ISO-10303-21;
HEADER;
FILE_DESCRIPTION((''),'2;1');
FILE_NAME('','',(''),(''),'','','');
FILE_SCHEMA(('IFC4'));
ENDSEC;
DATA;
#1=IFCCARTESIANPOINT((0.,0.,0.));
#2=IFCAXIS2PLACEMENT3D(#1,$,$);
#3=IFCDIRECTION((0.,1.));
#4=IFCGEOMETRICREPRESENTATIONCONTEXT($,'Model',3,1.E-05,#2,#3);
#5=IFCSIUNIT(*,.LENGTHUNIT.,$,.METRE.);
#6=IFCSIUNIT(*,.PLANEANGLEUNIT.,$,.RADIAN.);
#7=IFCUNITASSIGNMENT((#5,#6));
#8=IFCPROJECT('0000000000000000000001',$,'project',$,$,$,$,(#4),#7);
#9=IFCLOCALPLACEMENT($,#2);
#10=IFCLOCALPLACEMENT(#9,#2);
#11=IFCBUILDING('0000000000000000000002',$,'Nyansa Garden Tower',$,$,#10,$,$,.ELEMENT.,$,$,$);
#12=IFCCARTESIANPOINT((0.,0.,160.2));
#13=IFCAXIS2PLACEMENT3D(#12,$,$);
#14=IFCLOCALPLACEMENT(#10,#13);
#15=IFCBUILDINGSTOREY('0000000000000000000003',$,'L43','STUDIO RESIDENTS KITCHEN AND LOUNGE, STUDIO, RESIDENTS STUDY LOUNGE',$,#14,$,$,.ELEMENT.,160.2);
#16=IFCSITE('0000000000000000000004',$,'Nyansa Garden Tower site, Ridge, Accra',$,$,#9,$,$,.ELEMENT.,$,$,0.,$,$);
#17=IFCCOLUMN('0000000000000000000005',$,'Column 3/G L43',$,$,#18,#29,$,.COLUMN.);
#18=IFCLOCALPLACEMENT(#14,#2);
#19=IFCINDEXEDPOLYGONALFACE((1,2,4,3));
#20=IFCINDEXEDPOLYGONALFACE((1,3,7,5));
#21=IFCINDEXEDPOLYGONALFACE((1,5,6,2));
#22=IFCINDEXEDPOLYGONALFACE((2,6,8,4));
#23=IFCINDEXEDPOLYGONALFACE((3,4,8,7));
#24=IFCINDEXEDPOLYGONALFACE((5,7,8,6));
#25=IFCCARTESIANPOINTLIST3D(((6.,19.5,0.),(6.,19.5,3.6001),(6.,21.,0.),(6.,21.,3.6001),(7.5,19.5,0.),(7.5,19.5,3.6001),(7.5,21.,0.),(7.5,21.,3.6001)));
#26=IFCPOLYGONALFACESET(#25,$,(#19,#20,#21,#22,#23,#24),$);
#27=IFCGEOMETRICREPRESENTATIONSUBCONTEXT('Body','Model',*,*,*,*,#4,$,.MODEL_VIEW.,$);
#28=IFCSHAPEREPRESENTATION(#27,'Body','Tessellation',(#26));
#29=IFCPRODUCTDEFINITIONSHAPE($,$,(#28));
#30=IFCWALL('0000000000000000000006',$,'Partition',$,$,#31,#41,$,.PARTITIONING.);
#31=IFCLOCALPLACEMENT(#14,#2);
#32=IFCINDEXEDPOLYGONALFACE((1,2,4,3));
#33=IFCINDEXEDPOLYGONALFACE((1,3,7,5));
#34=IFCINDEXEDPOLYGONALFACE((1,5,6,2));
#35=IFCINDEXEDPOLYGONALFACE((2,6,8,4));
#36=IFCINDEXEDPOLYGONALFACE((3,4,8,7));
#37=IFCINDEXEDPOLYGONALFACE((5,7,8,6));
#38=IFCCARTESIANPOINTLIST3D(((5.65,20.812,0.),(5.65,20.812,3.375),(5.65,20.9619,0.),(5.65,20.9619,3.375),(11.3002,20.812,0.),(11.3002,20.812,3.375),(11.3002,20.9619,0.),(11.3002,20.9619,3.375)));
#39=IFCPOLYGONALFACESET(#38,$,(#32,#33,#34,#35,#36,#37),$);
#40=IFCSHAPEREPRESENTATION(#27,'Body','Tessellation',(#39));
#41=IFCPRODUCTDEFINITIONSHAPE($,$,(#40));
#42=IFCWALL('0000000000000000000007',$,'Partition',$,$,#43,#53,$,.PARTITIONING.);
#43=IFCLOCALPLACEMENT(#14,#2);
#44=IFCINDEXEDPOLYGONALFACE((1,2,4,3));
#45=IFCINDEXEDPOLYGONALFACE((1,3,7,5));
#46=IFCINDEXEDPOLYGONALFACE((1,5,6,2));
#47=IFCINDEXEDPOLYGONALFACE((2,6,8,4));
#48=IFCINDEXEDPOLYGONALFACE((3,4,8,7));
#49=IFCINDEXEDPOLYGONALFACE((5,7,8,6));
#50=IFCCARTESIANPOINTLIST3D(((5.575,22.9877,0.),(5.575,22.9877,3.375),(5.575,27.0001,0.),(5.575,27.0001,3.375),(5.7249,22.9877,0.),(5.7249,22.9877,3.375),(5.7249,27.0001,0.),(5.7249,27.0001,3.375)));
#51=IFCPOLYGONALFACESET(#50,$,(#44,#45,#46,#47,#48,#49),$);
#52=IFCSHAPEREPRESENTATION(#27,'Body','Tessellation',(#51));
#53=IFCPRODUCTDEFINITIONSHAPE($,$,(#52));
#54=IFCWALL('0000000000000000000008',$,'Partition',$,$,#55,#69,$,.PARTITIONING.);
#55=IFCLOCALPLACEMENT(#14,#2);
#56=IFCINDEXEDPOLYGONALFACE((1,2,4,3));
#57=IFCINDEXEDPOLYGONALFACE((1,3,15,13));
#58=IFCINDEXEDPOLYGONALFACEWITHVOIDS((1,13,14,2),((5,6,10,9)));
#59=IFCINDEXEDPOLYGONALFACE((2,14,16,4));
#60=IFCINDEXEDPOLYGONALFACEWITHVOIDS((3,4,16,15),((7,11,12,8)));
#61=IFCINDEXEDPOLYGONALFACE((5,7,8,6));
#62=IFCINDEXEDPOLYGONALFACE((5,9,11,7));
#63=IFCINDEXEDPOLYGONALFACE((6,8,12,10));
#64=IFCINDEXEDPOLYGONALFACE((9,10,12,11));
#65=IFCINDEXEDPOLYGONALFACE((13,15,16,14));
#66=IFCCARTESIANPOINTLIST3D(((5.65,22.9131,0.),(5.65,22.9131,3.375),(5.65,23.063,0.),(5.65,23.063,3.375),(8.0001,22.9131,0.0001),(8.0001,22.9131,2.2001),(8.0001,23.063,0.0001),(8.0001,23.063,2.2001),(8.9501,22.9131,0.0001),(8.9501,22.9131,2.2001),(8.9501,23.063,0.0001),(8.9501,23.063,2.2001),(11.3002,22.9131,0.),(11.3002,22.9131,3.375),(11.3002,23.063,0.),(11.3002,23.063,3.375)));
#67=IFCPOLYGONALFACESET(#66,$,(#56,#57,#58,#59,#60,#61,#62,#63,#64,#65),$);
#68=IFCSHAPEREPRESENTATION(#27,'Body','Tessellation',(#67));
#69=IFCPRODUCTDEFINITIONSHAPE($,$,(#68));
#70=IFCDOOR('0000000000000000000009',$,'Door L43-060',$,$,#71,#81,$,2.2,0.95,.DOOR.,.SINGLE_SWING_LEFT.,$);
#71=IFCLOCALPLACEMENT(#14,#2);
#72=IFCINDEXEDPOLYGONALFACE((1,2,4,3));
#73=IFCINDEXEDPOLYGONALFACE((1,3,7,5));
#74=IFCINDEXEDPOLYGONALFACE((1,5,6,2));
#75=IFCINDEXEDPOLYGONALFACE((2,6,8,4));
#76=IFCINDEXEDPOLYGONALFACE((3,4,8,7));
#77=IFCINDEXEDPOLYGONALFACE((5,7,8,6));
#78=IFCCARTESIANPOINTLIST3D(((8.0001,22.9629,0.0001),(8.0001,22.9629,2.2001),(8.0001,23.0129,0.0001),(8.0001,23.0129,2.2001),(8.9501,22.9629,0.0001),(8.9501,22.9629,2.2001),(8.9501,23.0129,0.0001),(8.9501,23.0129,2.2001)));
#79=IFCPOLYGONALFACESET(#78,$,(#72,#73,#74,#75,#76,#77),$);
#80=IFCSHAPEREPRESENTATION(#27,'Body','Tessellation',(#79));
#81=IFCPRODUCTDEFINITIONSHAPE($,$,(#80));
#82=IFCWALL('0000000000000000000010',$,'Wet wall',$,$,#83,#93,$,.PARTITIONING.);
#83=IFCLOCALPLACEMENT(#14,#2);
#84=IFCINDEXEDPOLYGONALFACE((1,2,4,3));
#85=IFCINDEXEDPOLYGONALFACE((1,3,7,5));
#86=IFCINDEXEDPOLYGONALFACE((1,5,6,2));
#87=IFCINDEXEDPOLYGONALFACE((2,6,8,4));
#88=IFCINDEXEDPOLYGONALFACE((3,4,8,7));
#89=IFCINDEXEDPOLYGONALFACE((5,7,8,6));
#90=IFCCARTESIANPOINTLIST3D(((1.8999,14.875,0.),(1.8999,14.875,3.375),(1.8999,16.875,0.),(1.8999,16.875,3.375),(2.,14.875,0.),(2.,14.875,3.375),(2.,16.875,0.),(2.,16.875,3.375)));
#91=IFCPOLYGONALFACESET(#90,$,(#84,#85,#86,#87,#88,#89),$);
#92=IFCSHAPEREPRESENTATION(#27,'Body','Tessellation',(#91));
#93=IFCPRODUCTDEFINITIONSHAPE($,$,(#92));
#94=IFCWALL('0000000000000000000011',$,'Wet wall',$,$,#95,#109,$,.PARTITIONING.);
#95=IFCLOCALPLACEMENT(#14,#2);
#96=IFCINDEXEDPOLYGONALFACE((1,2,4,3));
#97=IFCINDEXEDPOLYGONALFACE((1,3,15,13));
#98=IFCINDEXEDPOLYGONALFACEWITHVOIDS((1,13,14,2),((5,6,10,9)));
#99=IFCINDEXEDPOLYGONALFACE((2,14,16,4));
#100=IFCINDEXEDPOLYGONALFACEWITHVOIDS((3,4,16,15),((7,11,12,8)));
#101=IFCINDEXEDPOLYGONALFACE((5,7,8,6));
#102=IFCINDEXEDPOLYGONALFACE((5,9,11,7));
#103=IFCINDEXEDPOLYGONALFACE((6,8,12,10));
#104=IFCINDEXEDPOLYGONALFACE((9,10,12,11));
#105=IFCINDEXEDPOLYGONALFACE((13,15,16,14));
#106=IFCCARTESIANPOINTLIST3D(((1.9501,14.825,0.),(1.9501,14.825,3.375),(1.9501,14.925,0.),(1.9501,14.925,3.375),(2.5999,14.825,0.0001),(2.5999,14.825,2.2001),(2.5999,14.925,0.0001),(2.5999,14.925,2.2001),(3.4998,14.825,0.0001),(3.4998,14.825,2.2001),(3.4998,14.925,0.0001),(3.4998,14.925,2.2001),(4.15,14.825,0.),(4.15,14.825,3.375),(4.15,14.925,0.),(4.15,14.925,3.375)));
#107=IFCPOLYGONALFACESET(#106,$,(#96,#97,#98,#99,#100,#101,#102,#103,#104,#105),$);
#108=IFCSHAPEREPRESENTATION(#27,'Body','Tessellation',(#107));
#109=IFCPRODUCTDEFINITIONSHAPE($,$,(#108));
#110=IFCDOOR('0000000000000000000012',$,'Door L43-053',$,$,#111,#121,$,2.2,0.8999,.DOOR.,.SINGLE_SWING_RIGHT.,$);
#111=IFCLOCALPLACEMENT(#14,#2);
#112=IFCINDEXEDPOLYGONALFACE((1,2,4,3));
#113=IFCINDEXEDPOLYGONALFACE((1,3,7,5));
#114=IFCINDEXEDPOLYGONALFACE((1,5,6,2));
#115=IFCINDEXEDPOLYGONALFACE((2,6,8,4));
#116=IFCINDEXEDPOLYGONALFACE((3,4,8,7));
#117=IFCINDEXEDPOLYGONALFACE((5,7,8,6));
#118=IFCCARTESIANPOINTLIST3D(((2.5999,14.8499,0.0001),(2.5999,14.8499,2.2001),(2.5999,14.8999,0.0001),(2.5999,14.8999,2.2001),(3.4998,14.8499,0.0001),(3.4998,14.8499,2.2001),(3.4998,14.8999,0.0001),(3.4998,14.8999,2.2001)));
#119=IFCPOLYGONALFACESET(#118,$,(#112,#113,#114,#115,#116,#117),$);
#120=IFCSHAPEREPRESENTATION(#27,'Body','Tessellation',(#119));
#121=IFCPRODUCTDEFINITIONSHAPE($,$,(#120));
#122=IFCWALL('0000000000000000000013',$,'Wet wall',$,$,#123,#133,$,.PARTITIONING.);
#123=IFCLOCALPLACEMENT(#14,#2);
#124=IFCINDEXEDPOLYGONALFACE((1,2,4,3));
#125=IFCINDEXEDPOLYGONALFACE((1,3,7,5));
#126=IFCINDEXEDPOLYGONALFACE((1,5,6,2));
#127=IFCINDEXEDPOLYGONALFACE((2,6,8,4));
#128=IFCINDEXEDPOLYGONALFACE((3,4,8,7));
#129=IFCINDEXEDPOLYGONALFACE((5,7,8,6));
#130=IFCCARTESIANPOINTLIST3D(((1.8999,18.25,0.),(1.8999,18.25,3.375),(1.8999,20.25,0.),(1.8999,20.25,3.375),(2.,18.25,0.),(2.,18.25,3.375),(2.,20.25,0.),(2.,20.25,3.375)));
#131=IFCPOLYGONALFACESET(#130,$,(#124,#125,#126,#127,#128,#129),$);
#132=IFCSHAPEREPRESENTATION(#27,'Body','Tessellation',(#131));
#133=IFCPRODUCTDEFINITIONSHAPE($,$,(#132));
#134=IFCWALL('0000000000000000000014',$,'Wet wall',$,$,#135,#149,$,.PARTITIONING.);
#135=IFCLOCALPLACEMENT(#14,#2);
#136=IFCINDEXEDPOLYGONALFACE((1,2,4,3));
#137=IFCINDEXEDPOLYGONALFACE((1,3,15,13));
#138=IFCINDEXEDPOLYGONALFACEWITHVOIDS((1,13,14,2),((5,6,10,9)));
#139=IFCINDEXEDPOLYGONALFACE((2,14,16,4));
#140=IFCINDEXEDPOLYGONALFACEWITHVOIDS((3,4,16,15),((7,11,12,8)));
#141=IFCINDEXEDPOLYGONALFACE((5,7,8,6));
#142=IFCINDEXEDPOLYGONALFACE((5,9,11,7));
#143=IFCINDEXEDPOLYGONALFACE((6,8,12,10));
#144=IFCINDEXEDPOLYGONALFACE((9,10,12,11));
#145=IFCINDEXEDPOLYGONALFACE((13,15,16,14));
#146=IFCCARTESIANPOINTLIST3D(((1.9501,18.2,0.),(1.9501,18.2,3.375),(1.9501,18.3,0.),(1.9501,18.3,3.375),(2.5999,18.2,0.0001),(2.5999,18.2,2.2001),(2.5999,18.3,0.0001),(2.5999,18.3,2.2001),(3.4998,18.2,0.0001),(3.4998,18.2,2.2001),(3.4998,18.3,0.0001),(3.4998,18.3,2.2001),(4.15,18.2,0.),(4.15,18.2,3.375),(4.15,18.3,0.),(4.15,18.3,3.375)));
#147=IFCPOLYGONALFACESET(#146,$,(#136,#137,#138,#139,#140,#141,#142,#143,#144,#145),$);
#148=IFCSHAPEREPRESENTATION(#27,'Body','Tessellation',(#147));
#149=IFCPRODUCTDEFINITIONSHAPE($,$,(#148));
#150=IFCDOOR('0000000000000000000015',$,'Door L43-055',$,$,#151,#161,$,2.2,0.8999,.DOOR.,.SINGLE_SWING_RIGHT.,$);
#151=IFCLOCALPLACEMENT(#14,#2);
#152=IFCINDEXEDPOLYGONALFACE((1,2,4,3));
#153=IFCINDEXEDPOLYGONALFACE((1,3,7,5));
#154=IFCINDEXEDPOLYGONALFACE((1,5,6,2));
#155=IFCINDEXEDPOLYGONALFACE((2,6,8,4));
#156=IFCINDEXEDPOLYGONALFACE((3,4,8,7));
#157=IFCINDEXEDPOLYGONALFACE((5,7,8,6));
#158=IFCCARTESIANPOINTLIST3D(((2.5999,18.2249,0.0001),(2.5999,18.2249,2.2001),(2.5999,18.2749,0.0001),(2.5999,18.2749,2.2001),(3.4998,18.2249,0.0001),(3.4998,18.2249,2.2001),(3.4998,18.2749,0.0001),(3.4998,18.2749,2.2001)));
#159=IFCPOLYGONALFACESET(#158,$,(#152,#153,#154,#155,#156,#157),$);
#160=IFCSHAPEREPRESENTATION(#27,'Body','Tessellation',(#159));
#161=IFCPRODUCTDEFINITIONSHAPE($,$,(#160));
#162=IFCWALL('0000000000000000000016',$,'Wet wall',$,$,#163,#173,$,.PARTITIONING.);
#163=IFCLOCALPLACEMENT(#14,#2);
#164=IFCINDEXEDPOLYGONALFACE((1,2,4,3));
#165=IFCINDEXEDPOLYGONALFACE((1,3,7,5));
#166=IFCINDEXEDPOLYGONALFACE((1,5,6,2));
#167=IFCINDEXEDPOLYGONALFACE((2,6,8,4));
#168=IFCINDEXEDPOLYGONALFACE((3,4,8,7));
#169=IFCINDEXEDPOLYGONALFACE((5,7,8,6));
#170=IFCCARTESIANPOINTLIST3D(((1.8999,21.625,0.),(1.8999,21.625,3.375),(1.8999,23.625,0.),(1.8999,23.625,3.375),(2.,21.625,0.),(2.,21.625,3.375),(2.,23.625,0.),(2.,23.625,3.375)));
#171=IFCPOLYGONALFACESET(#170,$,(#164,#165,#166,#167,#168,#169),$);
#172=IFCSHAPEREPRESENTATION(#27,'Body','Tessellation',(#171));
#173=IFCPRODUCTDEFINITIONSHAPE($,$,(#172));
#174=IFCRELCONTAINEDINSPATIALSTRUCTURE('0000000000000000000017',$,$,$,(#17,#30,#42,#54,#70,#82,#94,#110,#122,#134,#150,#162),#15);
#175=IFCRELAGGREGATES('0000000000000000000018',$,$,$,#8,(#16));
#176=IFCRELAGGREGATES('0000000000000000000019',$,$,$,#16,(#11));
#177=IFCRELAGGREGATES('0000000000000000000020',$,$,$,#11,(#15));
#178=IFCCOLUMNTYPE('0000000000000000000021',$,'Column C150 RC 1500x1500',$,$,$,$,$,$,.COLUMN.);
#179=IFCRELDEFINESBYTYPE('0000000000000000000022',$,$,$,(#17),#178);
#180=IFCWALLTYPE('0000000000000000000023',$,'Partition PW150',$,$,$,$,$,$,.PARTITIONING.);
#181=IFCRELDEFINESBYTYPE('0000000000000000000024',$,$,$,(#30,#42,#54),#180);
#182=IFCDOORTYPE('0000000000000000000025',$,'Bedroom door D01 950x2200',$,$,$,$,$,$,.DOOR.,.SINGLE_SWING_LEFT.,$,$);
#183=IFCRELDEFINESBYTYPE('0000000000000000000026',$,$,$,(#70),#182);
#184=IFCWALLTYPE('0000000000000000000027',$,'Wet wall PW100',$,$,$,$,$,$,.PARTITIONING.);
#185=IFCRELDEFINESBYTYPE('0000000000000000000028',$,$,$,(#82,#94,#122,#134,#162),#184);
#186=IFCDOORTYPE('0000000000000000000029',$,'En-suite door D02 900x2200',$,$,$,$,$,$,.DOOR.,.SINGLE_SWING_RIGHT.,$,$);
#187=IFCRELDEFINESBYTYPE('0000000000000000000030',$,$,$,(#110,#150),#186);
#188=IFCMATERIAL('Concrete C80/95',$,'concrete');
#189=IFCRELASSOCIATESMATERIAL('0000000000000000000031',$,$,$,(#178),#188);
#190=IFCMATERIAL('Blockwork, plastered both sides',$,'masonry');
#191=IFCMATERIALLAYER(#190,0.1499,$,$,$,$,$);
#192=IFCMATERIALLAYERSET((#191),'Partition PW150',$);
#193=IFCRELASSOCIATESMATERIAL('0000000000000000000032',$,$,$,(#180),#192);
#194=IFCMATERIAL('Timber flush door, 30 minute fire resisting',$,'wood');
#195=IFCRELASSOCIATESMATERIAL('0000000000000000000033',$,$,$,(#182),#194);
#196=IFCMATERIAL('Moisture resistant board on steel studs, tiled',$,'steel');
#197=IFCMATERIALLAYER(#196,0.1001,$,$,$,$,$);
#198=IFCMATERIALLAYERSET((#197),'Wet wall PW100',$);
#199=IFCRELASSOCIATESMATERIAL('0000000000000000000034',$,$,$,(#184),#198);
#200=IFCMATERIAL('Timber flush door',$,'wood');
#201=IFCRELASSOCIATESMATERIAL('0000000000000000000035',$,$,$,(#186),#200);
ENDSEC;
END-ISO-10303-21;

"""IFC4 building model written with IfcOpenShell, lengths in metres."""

from ifc_helpers import new_model, si_unit, direction, frame, frame_2d, origin, origin_2d, place, context, subcontext, project, spatial, rectangle, extrude, material, layer, layer_set, material_profile, profile_set, type_object, element, fill, save


model = new_model("IFC4")

# Units and contexts
model_context = context("Model", 3, precision=1e-05, world=origin(), true_north=direction((0.0, 1.0)))
body_context = subcontext(model_context, "Body", "Model", "MODEL_VIEW")
ifc_project = project(units=[si_unit("LENGTHUNIT", "METRE"), si_unit("PLANEANGLEUNIT", "RADIAN")], contexts=[model_context])

# Site, building, storey
site_placement = place(None, origin())
site = spatial("IfcSite", under=ifc_project, at=site_placement, Name="Nyansa Garden Tower site, Ridge, Accra", CompositionType="ELEMENT", RefElevation=0.0)
building_placement = place(site_placement, origin())
building = spatial("IfcBuilding", under=site, at=building_placement, Name="Nyansa Garden Tower", CompositionType="ELEMENT")
storey_placement = place(building_placement, frame((0.0, 0.0, 160.2)))
storey = spatial("IfcBuildingStorey", under=building, at=storey_placement, Name="L43", Description="STUDIO RESIDENTS KITCHEN AND LOUNGE, STUDIO, RESIDENTS STUDY LOUNGE", CompositionType="ELEMENT", Elevation=160.2)

# Column
ifc_material_1 = material(Name="Concrete C80/95", Category="concrete")
ifc_material_profile = material_profile(ifc_material_1, rectangle(XDim=1.5, YDim=1.5, at=origin_2d()), Name="RC 1500x1500")
ifc_profile_set = profile_set([ifc_material_profile], Name="Concrete C80/95")
column_type = type_object("IfcColumnType", Name="Column C150 RC 1500x1500", PredefinedType="COLUMN", material=ifc_profile_set)
column_placement = place(storey_placement, frame((6.75, 20.25, 0.0), z_axis=(0.0, 0.0, 1.0), x_axis=(1.0, 0.0, 0.0)))
element("IfcColumn", 1, at=column_placement, inside=storey, type_object=column_type, Name="Column 3/G L43", PredefinedType="COLUMN", context=body_context, shape_type="SweptSolid", body=[
    extrude(rectangle(XDim=1.5, YDim=1.5, at=origin_2d()), origin(), (0.0, 0.0, 1.0), 3.6001),
])

# Walls
ifc_material_2 = material(Name="Blockwork, plastered both sides", Category="masonry")
ifc_layer_1 = layer(ifc_material_2, 0.1499)
ifc_layer_set_1 = layer_set([ifc_layer_1], Name="Partition PW150")
wall_type_1 = type_object("IfcWallType", Name="Partition PW150", PredefinedType="PARTITIONING", material=ifc_layer_set_1)
wall_1_placement = place(storey_placement, frame((5.6499, 20.887, 0.0), z_axis=(0.0, 0.0, 1.0), x_axis=(1.0, 0.0, 0.0)))
element("IfcWall", 2, at=wall_1_placement, inside=storey, type_object=wall_type_1, Name="Partition", PredefinedType="PARTITIONING", context=body_context, shape_type="SweptSolid", body=[
    extrude(rectangle(XDim=5.6501, YDim=0.1499, at=frame_2d((2.8252, 0.0))), origin(), (0.0, 0.0, 1.0), 3.375),
])
wall_2_placement = place(storey_placement, frame((5.6499, 22.9875, 0.0), z_axis=(0.0, 0.0, 1.0), x_axis=(0.0, 1.0, 0.0)))
element("IfcWall", 3, at=wall_2_placement, inside=storey, type_object=wall_type_1, Name="Partition", PredefinedType="PARTITIONING", context=body_context, shape_type="SweptSolid", body=[
    extrude(rectangle(XDim=4.0125, YDim=0.1499, at=frame_2d((2.0063, 0.0))), origin(), (0.0, 0.0, 1.0), 3.375),
])

# Wall, opening, door
wall_3_placement = place(storey_placement, frame((5.6499, 22.988, 0.0), z_axis=(0.0, 0.0, 1.0), x_axis=(1.0, 0.0, 0.0)))
wall_3 = element("IfcWall", 4, at=wall_3_placement, inside=storey, type_object=wall_type_1, Name="Partition", PredefinedType="PARTITIONING", context=body_context, shape_type="SweptSolid", body=[
    extrude(rectangle(XDim=5.6501, YDim=0.1499, at=frame_2d((2.8252, 0.0))), origin(), (0.0, 0.0, 1.0), 3.375),
])
opening_1_placement = place(wall_3_placement, frame((2.3501, 0.0, 0.0)))
opening_1 = element("IfcOpeningElement", 5, at=opening_1_placement, cuts=wall_3, PredefinedType="OPENING", context=body_context, shape_type="SweptSolid", body=[
    extrude(rectangle(XDim=0.95, YDim=2.2, at=frame_2d((0.4751, 1.1001))), frame((0.0, 0.085, 0.0), z_axis=(0.0, -1.0, 0.0), x_axis=(1.0, 0.0, 0.0)), (0.0, 0.0, 1.0), 0.1699),
])
ifc_material_3 = material(Name="Timber flush door, 30 minute fire resisting", Category="wood")
door_type_1 = type_object("IfcDoorType", Name="Bedroom door D01 950x2200", OperationType="SINGLE_SWING_LEFT", PredefinedType="DOOR", material=ifc_material_3)
door_1_placement = place(opening_1_placement, origin())
door_1 = element("IfcDoor", 6, at=door_1_placement, inside=storey, type_object=door_type_1, Name="Door L43-060", OperationType="SINGLE_SWING_LEFT", OverallHeight=2.2, OverallWidth=0.95, PredefinedType="DOOR", context=body_context, shape_type="SweptSolid", body=[
    extrude(rectangle(XDim=0.95, YDim=2.2, at=frame_2d((0.4751, 1.1001))), frame((0.0, 0.0249, 0.0), z_axis=(0.0, -1.0, 0.0), x_axis=(1.0, 0.0, 0.0)), (0.0, 0.0, 1.0), 0.05),
])
fill(opening_1, door_1)

# Wall
ifc_material_4 = material(Name="Moisture resistant board on steel studs, tiled", Category="steel")
ifc_layer_2 = layer(ifc_material_4, 0.1001)
ifc_layer_set_2 = layer_set([ifc_layer_2], Name="Wet wall PW100")
wall_type_2 = type_object("IfcWallType", Name="Wet wall PW100", PredefinedType="PARTITIONING", material=ifc_layer_set_2)
wall_4_placement = place(storey_placement, frame((1.95, 14.875, 0.0), z_axis=(0.0, 0.0, 1.0), x_axis=(0.0, 1.0, 0.0)))
element("IfcWall", 7, at=wall_4_placement, inside=storey, type_object=wall_type_2, Name="Wet wall", PredefinedType="PARTITIONING", context=body_context, shape_type="SweptSolid", body=[
    extrude(rectangle(XDim=2.0, YDim=0.1001, at=frame_2d((1.0, 0.0))), origin(), (0.0, 0.0, 1.0), 3.375),
])

# Wall, opening, door
wall_5_placement = place(storey_placement, frame((1.95, 14.875, 0.0), z_axis=(0.0, 0.0, 1.0), x_axis=(1.0, 0.0, 0.0)))
wall_5 = element("IfcWall", 8, at=wall_5_placement, inside=storey, type_object=wall_type_2, Name="Wet wall", PredefinedType="PARTITIONING", context=body_context, shape_type="SweptSolid", body=[
    extrude(rectangle(XDim=2.2, YDim=0.1001, at=frame_2d((1.1001, 0.0))), origin(), (0.0, 0.0, 1.0), 3.375),
])
opening_2_placement = place(wall_5_placement, frame((0.6499, 0.0, 0.0)))
opening_2 = element("IfcOpeningElement", 9, at=opening_2_placement, cuts=wall_5, PredefinedType="OPENING", context=body_context, shape_type="SweptSolid", body=[
    extrude(rectangle(XDim=0.8999, YDim=2.2, at=frame_2d((0.45, 1.1001))), frame((0.0, 0.0601, 0.0), z_axis=(0.0, -1.0, 0.0), x_axis=(1.0, 0.0, 0.0)), (0.0, 0.0, 1.0), 0.1201),
])
ifc_material_5 = material(Name="Timber flush door", Category="wood")
door_type_2 = type_object("IfcDoorType", Name="En-suite door D02 900x2200", OperationType="SINGLE_SWING_RIGHT", PredefinedType="DOOR", material=ifc_material_5)
door_2_placement = place(opening_2_placement, origin())
door_2 = element("IfcDoor", 10, at=door_2_placement, inside=storey, type_object=door_type_2, Name="Door L43-053", OperationType="SINGLE_SWING_RIGHT", OverallHeight=2.2, OverallWidth=0.8999, PredefinedType="DOOR", context=body_context, shape_type="SweptSolid", body=[
    extrude(rectangle(XDim=0.8999, YDim=2.2, at=frame_2d((0.45, 1.1001))), frame((0.0, 0.0249, 0.0), z_axis=(0.0, -1.0, 0.0), x_axis=(1.0, 0.0, 0.0)), (0.0, 0.0, 1.0), 0.05),
])
fill(opening_2, door_2)

# Wall
wall_6_placement = place(storey_placement, frame((1.95, 18.25, 0.0), z_axis=(0.0, 0.0, 1.0), x_axis=(0.0, 1.0, 0.0)))
element("IfcWall", 11, at=wall_6_placement, inside=storey, type_object=wall_type_2, Name="Wet wall", PredefinedType="PARTITIONING", context=body_context, shape_type="SweptSolid", body=[
    extrude(rectangle(XDim=2.0, YDim=0.1001, at=frame_2d((1.0, 0.0))), origin(), (0.0, 0.0, 1.0), 3.375),
])

# Wall, opening, door
wall_7_placement = place(storey_placement, frame((1.95, 18.25, 0.0), z_axis=(0.0, 0.0, 1.0), x_axis=(1.0, 0.0, 0.0)))
wall_7 = element("IfcWall", 12, at=wall_7_placement, inside=storey, type_object=wall_type_2, Name="Wet wall", PredefinedType="PARTITIONING", context=body_context, shape_type="SweptSolid", body=[
    extrude(rectangle(XDim=2.2, YDim=0.1001, at=frame_2d((1.1001, 0.0))), origin(), (0.0, 0.0, 1.0), 3.375),
])
opening_3_placement = place(wall_7_placement, frame((0.6499, 0.0, 0.0)))
opening_3 = element("IfcOpeningElement", 13, at=opening_3_placement, cuts=wall_7, PredefinedType="OPENING", context=body_context, shape_type="SweptSolid", body=[
    extrude(rectangle(XDim=0.8999, YDim=2.2, at=frame_2d((0.45, 1.1001))), frame((0.0, 0.0601, 0.0), z_axis=(0.0, -1.0, 0.0), x_axis=(1.0, 0.0, 0.0)), (0.0, 0.0, 1.0), 0.1201),
])
door_3_placement = place(opening_3_placement, origin())
door_3 = element("IfcDoor", 14, at=door_3_placement, inside=storey, type_object=door_type_2, Name="Door L43-055", OperationType="SINGLE_SWING_RIGHT", OverallHeight=2.2, OverallWidth=0.8999, PredefinedType="DOOR", context=body_context, shape_type="SweptSolid", body=[
    extrude(rectangle(XDim=0.8999, YDim=2.2, at=frame_2d((0.45, 1.1001))), frame((0.0, 0.0249, 0.0), z_axis=(0.0, -1.0, 0.0), x_axis=(1.0, 0.0, 0.0)), (0.0, 0.0, 1.0), 0.05),
])
fill(opening_3, door_3)

# Wall
wall_8_placement = place(storey_placement, frame((1.95, 21.625, 0.0), z_axis=(0.0, 0.0, 1.0), x_axis=(0.0, 1.0, 0.0)))
element("IfcWall", 15, at=wall_8_placement, inside=storey, type_object=wall_type_2, Name="Wet wall", PredefinedType="PARTITIONING", context=body_context, shape_type="SweptSolid", body=[
    extrude(rectangle(XDim=2.0, YDim=0.1001, at=frame_2d((1.0, 0.0))), origin(), (0.0, 0.0, 1.0), 3.375),
])

save(model, "model.ifc")
